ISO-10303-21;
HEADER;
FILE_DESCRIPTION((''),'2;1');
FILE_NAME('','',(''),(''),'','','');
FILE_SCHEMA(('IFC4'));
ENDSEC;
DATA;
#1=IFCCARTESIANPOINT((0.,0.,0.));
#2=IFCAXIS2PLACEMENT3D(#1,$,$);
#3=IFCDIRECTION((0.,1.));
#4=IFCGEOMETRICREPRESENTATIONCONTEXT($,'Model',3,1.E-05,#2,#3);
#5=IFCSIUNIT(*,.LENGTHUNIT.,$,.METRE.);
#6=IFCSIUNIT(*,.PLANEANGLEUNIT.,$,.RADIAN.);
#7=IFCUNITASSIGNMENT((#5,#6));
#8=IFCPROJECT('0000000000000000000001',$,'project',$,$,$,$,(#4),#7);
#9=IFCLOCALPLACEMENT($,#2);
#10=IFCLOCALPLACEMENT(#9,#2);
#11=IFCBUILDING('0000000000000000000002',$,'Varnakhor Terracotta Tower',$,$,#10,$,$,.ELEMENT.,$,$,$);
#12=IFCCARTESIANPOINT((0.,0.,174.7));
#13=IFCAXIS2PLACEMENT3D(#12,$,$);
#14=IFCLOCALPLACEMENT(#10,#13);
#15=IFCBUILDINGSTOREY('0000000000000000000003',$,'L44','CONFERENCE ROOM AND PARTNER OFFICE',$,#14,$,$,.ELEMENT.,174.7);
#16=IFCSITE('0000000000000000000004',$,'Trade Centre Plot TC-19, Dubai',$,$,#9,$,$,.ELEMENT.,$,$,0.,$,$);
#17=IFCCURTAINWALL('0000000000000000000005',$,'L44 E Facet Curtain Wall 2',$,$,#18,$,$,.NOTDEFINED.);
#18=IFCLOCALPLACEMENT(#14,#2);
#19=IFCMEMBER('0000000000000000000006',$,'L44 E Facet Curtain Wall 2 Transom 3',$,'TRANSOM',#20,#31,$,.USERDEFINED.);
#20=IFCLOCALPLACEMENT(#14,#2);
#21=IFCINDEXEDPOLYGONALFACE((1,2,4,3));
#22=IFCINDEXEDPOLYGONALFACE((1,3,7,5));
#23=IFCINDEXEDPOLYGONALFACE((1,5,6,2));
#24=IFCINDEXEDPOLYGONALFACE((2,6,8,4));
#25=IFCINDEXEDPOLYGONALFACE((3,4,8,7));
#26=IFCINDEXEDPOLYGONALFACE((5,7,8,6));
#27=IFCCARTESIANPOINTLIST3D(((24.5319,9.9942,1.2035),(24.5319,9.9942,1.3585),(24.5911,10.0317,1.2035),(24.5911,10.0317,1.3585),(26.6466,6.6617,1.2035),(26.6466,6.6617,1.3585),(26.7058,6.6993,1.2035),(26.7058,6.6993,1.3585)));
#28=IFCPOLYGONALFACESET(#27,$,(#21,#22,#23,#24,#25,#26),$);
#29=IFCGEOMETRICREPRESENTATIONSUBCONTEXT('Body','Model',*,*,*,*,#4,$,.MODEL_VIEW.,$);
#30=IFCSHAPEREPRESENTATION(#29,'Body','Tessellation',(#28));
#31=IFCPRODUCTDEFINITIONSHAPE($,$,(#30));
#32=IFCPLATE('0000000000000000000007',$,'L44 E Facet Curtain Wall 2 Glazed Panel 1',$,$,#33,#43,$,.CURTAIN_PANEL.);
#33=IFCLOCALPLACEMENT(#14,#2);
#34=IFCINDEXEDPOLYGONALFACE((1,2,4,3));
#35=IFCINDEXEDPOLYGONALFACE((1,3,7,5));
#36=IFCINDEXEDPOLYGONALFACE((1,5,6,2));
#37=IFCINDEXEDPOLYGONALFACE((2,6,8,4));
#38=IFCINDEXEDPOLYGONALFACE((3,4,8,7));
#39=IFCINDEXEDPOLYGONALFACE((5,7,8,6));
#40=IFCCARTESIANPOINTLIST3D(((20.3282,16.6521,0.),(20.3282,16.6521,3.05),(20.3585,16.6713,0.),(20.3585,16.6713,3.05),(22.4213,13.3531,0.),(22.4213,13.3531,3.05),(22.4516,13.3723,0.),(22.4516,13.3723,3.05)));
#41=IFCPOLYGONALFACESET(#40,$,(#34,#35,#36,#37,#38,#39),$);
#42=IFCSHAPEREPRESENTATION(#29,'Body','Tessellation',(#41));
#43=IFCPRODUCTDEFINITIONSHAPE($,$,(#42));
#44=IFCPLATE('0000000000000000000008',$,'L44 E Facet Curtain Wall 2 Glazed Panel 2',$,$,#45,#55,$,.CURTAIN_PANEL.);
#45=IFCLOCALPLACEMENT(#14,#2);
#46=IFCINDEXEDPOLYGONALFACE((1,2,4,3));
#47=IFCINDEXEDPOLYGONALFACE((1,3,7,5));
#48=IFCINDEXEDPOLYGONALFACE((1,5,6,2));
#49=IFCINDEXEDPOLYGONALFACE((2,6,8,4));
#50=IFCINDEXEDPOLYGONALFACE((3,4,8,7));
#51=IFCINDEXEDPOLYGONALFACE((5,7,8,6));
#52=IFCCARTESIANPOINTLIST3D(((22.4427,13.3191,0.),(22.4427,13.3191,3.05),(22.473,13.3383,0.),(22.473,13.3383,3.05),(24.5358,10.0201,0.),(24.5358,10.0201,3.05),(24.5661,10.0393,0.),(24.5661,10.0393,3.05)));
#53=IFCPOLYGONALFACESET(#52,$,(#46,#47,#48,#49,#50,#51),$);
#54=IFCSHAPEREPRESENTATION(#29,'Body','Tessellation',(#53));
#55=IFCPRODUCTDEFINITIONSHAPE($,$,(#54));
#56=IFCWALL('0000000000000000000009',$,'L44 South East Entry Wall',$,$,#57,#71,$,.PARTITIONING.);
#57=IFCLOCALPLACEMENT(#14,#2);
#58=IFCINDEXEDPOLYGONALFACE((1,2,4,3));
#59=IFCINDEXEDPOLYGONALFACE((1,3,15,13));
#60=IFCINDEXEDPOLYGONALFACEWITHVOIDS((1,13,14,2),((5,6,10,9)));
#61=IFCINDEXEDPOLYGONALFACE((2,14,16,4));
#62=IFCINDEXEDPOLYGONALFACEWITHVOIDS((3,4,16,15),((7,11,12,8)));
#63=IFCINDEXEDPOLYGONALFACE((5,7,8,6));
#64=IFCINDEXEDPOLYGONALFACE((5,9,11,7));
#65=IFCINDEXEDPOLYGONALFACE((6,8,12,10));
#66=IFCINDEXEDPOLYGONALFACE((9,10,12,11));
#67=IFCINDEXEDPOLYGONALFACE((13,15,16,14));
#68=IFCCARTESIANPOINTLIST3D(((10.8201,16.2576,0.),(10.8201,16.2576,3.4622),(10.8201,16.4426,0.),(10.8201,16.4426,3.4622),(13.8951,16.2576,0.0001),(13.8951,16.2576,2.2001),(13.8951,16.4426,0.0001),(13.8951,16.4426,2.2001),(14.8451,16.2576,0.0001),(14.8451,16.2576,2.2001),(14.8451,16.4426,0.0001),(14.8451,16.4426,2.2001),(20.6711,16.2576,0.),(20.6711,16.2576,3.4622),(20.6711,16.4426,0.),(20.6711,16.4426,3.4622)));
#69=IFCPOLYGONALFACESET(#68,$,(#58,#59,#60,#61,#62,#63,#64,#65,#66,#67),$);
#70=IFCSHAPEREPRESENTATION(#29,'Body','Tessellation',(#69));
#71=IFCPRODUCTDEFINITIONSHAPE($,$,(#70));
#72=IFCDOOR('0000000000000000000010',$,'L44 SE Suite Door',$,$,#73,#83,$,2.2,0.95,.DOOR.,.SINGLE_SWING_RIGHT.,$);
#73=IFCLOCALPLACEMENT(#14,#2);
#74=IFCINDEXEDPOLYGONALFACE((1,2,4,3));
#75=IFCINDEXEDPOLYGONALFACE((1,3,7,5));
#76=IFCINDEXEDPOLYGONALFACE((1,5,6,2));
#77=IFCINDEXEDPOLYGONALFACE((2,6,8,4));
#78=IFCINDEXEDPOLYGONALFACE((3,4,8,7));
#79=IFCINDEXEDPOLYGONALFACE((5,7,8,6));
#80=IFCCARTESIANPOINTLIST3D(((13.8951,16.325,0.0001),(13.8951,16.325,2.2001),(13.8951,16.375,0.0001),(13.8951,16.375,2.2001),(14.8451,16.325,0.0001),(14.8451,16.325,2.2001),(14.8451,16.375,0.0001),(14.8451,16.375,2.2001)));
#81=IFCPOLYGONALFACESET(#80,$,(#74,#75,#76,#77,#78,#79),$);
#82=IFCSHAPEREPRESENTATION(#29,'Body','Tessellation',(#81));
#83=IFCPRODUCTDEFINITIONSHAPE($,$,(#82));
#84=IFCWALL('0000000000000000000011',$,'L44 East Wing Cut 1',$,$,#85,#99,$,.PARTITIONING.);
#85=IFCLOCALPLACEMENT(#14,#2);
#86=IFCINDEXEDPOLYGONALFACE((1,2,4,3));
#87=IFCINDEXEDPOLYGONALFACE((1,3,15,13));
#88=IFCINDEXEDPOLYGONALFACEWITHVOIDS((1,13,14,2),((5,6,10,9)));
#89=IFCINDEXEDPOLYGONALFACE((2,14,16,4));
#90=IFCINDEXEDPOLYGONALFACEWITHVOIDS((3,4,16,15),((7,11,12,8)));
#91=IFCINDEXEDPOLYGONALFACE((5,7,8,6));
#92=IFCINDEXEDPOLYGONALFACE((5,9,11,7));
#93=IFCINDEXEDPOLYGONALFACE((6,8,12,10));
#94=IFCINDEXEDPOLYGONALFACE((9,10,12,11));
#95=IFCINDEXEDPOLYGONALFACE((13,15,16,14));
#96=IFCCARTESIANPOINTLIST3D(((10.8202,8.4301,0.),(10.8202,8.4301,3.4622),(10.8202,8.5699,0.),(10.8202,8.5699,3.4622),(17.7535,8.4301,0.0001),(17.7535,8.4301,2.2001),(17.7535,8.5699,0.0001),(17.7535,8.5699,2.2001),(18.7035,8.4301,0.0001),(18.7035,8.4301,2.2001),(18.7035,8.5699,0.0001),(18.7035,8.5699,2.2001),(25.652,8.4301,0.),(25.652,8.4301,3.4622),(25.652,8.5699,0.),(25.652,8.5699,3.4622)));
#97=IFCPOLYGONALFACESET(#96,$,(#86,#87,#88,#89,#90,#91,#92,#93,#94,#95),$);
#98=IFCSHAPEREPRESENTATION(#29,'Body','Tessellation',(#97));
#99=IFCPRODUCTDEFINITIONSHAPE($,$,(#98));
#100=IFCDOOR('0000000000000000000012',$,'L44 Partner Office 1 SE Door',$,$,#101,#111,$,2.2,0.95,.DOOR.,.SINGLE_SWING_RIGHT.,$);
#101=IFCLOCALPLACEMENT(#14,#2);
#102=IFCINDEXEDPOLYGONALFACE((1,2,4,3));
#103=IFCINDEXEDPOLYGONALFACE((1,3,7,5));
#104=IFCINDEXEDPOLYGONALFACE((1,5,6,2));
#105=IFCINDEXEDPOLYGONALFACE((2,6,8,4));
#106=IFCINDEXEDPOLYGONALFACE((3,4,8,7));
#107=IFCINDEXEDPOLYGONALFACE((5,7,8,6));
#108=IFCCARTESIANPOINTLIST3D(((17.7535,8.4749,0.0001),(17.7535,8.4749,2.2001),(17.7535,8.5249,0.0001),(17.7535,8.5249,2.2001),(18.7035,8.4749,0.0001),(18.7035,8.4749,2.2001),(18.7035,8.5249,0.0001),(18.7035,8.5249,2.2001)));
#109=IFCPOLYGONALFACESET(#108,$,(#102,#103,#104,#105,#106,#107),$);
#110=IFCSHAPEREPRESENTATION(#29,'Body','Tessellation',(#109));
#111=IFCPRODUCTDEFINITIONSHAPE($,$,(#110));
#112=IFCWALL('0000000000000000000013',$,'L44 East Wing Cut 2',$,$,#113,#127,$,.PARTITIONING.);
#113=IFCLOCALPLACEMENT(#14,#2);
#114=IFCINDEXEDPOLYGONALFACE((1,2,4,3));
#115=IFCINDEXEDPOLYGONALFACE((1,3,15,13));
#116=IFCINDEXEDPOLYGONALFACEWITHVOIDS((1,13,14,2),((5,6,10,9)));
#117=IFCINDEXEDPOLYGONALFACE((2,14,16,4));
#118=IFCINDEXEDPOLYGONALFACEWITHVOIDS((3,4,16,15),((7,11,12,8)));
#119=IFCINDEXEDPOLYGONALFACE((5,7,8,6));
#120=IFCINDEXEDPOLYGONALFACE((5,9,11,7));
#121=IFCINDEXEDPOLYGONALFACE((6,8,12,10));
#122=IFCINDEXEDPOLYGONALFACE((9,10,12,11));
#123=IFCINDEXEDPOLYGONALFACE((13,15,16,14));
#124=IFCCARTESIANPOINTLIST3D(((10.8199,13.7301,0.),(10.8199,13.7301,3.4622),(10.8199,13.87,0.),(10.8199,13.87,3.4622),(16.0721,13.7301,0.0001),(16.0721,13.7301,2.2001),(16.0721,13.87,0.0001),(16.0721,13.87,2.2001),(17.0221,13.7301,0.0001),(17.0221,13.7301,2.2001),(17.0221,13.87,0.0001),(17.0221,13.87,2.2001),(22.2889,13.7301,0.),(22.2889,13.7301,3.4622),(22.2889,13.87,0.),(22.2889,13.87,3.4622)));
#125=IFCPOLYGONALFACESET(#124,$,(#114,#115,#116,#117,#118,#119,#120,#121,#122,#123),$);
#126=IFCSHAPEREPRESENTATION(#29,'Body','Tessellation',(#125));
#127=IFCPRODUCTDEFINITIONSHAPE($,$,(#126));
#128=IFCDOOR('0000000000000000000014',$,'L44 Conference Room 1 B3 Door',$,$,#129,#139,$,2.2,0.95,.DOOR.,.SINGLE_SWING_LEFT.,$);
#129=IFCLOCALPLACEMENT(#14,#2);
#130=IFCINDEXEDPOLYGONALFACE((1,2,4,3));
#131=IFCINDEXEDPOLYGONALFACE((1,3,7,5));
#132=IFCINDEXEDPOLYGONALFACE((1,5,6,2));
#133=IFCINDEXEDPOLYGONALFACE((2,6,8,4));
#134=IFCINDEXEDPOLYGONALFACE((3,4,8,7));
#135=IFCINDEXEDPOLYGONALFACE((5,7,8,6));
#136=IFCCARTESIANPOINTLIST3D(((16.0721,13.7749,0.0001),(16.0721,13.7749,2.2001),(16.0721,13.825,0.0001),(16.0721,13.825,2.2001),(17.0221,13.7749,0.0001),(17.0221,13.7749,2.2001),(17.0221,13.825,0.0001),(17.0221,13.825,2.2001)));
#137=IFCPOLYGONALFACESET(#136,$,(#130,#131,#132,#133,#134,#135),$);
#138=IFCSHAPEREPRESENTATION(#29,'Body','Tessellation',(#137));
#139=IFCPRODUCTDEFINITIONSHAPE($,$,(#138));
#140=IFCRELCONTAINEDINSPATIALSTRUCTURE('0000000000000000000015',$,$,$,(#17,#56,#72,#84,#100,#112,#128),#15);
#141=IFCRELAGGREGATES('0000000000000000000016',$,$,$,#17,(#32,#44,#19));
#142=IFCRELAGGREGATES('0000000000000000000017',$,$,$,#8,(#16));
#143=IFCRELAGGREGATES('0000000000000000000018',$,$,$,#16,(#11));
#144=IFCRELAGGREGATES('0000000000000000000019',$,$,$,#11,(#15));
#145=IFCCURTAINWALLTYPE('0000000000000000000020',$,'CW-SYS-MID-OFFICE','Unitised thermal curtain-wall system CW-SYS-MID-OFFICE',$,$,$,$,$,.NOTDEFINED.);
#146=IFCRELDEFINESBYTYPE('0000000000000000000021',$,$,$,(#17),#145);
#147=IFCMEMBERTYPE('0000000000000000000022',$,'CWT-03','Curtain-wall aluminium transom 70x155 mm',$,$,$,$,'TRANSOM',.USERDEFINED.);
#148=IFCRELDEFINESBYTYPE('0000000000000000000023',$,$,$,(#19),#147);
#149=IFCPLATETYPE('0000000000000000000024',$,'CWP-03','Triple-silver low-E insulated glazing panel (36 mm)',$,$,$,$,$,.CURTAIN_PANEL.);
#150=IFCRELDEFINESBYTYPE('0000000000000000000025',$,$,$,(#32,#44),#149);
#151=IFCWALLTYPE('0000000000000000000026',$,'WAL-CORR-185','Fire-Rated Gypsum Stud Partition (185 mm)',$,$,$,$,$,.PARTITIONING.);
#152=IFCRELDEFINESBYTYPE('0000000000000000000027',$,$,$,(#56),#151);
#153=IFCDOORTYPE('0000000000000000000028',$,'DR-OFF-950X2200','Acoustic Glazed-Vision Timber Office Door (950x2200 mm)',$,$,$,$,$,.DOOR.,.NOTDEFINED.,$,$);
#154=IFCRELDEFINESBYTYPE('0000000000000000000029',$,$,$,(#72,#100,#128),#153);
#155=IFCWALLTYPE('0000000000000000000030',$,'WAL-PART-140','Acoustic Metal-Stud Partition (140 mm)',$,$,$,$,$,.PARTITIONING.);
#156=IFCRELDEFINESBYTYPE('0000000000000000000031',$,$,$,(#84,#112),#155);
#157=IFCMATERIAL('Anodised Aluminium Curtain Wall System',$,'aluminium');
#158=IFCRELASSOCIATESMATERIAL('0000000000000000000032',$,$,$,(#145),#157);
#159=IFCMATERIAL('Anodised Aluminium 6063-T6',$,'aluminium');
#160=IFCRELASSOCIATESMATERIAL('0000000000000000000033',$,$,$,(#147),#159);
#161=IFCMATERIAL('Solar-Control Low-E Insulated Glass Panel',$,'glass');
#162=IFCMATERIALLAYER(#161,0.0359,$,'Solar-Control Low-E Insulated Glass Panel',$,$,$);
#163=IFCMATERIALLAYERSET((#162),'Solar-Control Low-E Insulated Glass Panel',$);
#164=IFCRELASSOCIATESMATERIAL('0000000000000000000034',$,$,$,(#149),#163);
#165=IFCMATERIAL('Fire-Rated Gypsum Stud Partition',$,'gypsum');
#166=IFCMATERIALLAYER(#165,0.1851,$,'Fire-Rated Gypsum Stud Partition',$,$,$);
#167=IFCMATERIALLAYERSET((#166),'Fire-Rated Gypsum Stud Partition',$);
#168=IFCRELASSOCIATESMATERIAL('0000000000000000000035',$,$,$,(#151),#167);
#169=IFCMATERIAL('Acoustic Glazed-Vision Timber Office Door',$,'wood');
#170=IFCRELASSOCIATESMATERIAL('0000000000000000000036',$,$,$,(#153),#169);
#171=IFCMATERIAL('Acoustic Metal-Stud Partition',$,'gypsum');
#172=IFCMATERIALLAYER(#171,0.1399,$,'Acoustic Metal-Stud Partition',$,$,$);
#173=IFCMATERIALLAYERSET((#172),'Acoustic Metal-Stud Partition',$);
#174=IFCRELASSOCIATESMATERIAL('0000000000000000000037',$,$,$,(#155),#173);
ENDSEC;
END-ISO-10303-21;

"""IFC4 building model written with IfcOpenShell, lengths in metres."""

from ifc_helpers import new_model, si_unit, direction, frame, frame_2d, origin, origin_2d, place, context, subcontext, project, spatial, rectangle, extrude, source, transform, mapped, material, layer, layer_set, material_profile, profile_set, type_object, type_shapes, element, fill, aggregate, save


model = new_model("IFC4")

# Units and contexts
model_context = context("Model", 3, precision=1e-05, world=origin(), true_north=direction((0.0, 1.0)))
body_context = subcontext(model_context, "Body", "Model", "MODEL_VIEW")
ifc_project = project(units=[si_unit("LENGTHUNIT", "METRE"), si_unit("PLANEANGLEUNIT", "RADIAN")], contexts=[model_context])

# Site, building, storey
site_placement = place(None, origin())
site = spatial("IfcSite", under=ifc_project, at=site_placement, Name="Trade Centre Plot TC-19, Dubai", CompositionType="ELEMENT", RefElevation=0.0)
building_placement = place(site_placement, origin())
building = spatial("IfcBuilding", under=site, at=building_placement, Name="Varnakhor Terracotta Tower", CompositionType="ELEMENT")
storey_placement = place(building_placement, frame((0.0, 0.0, 174.7)))
storey = spatial("IfcBuildingStorey", under=building, at=storey_placement, Name="L44", Description="CONFERENCE ROOM AND PARTNER OFFICE", CompositionType="ELEMENT", Elevation=174.7)

# Curtain wall
ifc_material_1 = material(Name="Anodised Aluminium Curtain Wall System", Category="aluminium")
curtain_wall_type = type_object("IfcCurtainWallType", Name="CW-SYS-MID-OFFICE", Description="Unitised thermal curtain-wall system CW-SYS-MID-OFFICE", PredefinedType="NOTDEFINED", material=ifc_material_1)
curtain_wall_placement = place(storey_placement, origin())
curtain_wall = element("IfcCurtainWall", 1, at=curtain_wall_placement, inside=storey, type_object=curtain_wall_type, Name="L44 E Facet Curtain Wall 2", PredefinedType="NOTDEFINED")
ifc_material_2 = material(Name="Anodised Aluminium 6063-T6", Category="aluminium")

# Member
ifc_material_profile_1 = material_profile(ifc_material_2, rectangle(XDim=0.0701, YDim=0.155, at=origin_2d()), Name="ALU TRANSOM 70x155")
ifc_profile_set_1 = profile_set([ifc_material_profile_1], Name="Anodised Aluminium 6063-T6")
member_type_1 = type_object("IfcMemberType", Name="CWT-03", Description="Curtain-wall aluminium transom 70x155 mm", ElementType="TRANSOM", PredefinedType="USERDEFINED", material=ifc_profile_set_1)
shared_shape_1 = source(origin(), body_context, "Body", "SweptSolid", [
    extrude(rectangle(XDim=0.0701, YDim=0.155, at=origin_2d()), origin(), (0.0, 0.0, 1.0), 3.9468),
])
member_1_placement = place(storey_placement, frame((24.5615, 10.0129, 1.281), z_axis=(0.535802, -0.844343, 0.0), x_axis=(0.844343, 0.535802, 0.0)))
member_1 = element("IfcMember", 2, at=member_1_placement, type_object=member_type_1, Name="L44 E Facet Curtain Wall 2 Transom 3", ObjectType="TRANSOM", PredefinedType="USERDEFINED", context=body_context, shape_type="MappedRepresentation", body=[
    mapped(shared_shape_1, transform((0.0, 0.0, 0.0), scale=1.0)),
])

# Plates
ifc_material_3 = material(Name="Solar-Control Low-E Insulated Glass Panel", Category="glass")
ifc_layer_1 = layer(ifc_material_3, 0.0359, Name="Solar-Control Low-E Insulated Glass Panel")
ifc_layer_set_1 = layer_set([ifc_layer_1], Name="Solar-Control Low-E Insulated Glass Panel")
plate_type = type_object("IfcPlateType", Name="CWP-03", Description="Triple-silver low-E insulated glazing panel (36 mm)", PredefinedType="CURTAIN_PANEL", material=ifc_layer_set_1)
shared_shape_2 = source(origin(), body_context, "Body", "SweptSolid", [
    extrude(rectangle(XDim=3.907, YDim=0.0359, at=origin_2d()), origin(), (0.0, 0.0, 1.0), 3.05),
])
plate_1_placement = place(storey_placement, frame((21.3899, 15.0122, 0.0), z_axis=(0.0, 0.0, 1.0), x_axis=(0.535753, -0.844375, 0.0)))
plate_1 = element("IfcPlate", 3, at=plate_1_placement, type_object=plate_type, Name="L44 E Facet Curtain Wall 2 Glazed Panel 1", PredefinedType="CURTAIN_PANEL", context=body_context, shape_type="MappedRepresentation", body=[
    mapped(shared_shape_2, transform((0.0, 0.0, 0.0), scale=1.0)),
])
plate_2_placement = place(storey_placement, frame((23.5044, 11.6792, 0.0), z_axis=(0.0, 0.0, 1.0), x_axis=(0.535753, -0.844375, 0.0)))
plate_2 = element("IfcPlate", 4, at=plate_2_placement, type_object=plate_type, Name="L44 E Facet Curtain Wall 2 Glazed Panel 2", PredefinedType="CURTAIN_PANEL", context=body_context, shape_type="MappedRepresentation", body=[
    mapped(shared_shape_2, transform((0.0, 0.0, 0.0), scale=1.0)),
])
aggregate(curtain_wall, [plate_1, plate_2, member_1])

# Walls, openings, doors
ifc_material_4 = material(Name="Fire-Rated Gypsum Stud Partition", Category="gypsum")
ifc_layer_2 = layer(ifc_material_4, 0.1851, Name="Fire-Rated Gypsum Stud Partition")
ifc_layer_set_2 = layer_set([ifc_layer_2], Name="Fire-Rated Gypsum Stud Partition")
wall_type_1 = type_object("IfcWallType", Name="WAL-CORR-185", Description="Fire-Rated Gypsum Stud Partition (185 mm)", PredefinedType="PARTITIONING", material=ifc_layer_set_2)
wall_1_placement = place(storey_placement, frame((10.8201, 16.3501, 0.0), z_axis=(0.0, 0.0, 1.0), x_axis=(1.0, 0.0, 0.0)))
wall_1 = element("IfcWall", 5, at=wall_1_placement, inside=storey, type_object=wall_type_1, Name="L44 South East Entry Wall", PredefinedType="PARTITIONING", context=body_context, shape_type="SweptSolid", body=[
    extrude(rectangle(XDim=9.8511, YDim=0.1851, at=frame_2d((4.9255, 0.0))), origin(), (0.0, 0.0, 1.0), 3.4622),
])
opening_1_placement = place(wall_1_placement, frame((3.075, 0.0, 0.0)))
opening_1 = element("IfcOpeningElement", 6, at=opening_1_placement, cuts=wall_1, PredefinedType="OPENING", context=body_context, shape_type="SweptSolid", body=[
    extrude(rectangle(XDim=0.95, YDim=2.2, at=frame_2d((0.4751, 1.1001))), frame((0.0, 0.1025, 0.0), z_axis=(0.0, -1.0, 0.0), x_axis=(1.0, 0.0, 0.0)), (0.0, 0.0, 1.0), 0.2051),
])
ifc_material_5 = material(Name="Acoustic Glazed-Vision Timber Office Door", Category="wood")
door_type = type_object("IfcDoorType", Name="DR-OFF-950X2200", Description="Acoustic Glazed-Vision Timber Office Door (950x2200 mm)", OperationType="NOTDEFINED", PredefinedType="DOOR", material=ifc_material_5)
shared_shape_3 = source(origin(), body_context, "Body", "SweptSolid", [
    extrude(rectangle(XDim=0.95, YDim=2.2, at=frame_2d((0.4751, 1.1001))), frame((0.0, 0.0249, 0.0), z_axis=(0.0, -1.0, 0.0), x_axis=(1.0, 0.0, 0.0)), (0.0, 0.0, 1.0), 0.05),
])
type_shapes(door_type, [shared_shape_3])
door_1_placement = place(opening_1_placement, origin())
door_1 = element("IfcDoor", 7, at=door_1_placement, inside=storey, type_object=door_type, Name="L44 SE Suite Door", OperationType="SINGLE_SWING_RIGHT", OverallHeight=2.2, OverallWidth=0.95, PredefinedType="DOOR", context=body_context, shape_type="MappedRepresentation", body=[
    mapped(shared_shape_3, transform((0.0, 0.0, 0.0), scale=1.0)),
])
fill(opening_1, door_1)
ifc_material_6 = material(Name="Acoustic Metal-Stud Partition", Category="gypsum")
ifc_layer_3 = layer(ifc_material_6, 0.1399, Name="Acoustic Metal-Stud Partition")
ifc_layer_set_3 = layer_set([ifc_layer_3], Name="Acoustic Metal-Stud Partition")
wall_type_2 = type_object("IfcWallType", Name="WAL-PART-140", Description="Acoustic Metal-Stud Partition (140 mm)", PredefinedType="PARTITIONING", material=ifc_layer_set_3)
wall_2_placement = place(storey_placement, frame((10.8201, 8.5, 0.0), z_axis=(0.0, 0.0, 1.0), x_axis=(1.0, 0.0, 0.0)))
wall_2 = element("IfcWall", 8, at=wall_2_placement, inside=storey, type_object=wall_type_2, Name="L44 East Wing Cut 1", PredefinedType="PARTITIONING", context=body_context, shape_type="SweptSolid", body=[
    extrude(rectangle(XDim=14.8318, YDim=0.1399, at=frame_2d((7.416, 0.0))), origin(), (0.0, 0.0, 1.0), 3.4622),
])
opening_2_placement = place(wall_2_placement, frame((6.9333, 0.0, 0.0)))
opening_2 = element("IfcOpeningElement", 9, at=opening_2_placement, cuts=wall_2, PredefinedType="OPENING", context=body_context, shape_type="SweptSolid", body=[
    extrude(rectangle(XDim=0.95, YDim=2.2, at=frame_2d((0.4751, 1.1001))), frame((0.0, 0.0801, 0.0), z_axis=(0.0, -1.0, 0.0), x_axis=(1.0, 0.0, 0.0)), (0.0, 0.0, 1.0), 0.1599),
])
door_2_placement = place(opening_2_placement, origin())
door_2 = element("IfcDoor", 10, at=door_2_placement, inside=storey, type_object=door_type, Name="L44 Partner Office 1 SE Door", OperationType="SINGLE_SWING_RIGHT", OverallHeight=2.2, OverallWidth=0.95, PredefinedType="DOOR", context=body_context, shape_type="MappedRepresentation", body=[
    mapped(shared_shape_3, transform((0.0, 0.0, 0.0), scale=1.0)),
])
fill(opening_2, door_2)
wall_3_placement = place(storey_placement, frame((10.8201, 13.8, 0.0), z_axis=(0.0, 0.0, 1.0), x_axis=(1.0, 0.0, 0.0)))
wall_3 = element("IfcWall", 11, at=wall_3_placement, inside=storey, type_object=wall_type_2, Name="L44 East Wing Cut 2", PredefinedType="PARTITIONING", context=body_context, shape_type="SweptSolid", body=[
    extrude(rectangle(XDim=11.469, YDim=0.1399, at=frame_2d((5.7344, 0.0))), origin(), (0.0, 0.0, 1.0), 3.4622),
])
opening_3_placement = place(wall_3_placement, frame((5.252, 0.0, 0.0)))
opening_3 = element("IfcOpeningElement", 12, at=opening_3_placement, cuts=wall_3, PredefinedType="OPENING", context=body_context, shape_type="SweptSolid", body=[
    extrude(rectangle(XDim=0.95, YDim=2.2, at=frame_2d((0.4751, 1.1001))), frame((0.0, 0.0801, 0.0), z_axis=(0.0, -1.0, 0.0), x_axis=(1.0, 0.0, 0.0)), (0.0, 0.0, 1.0), 0.1599),
])
door_3_placement = place(opening_3_placement, origin())
door_3 = element("IfcDoor", 13, at=door_3_placement, inside=storey, type_object=door_type, Name="L44 Conference Room 1 B3 Door", OperationType="SINGLE_SWING_LEFT", OverallHeight=2.2, OverallWidth=0.95, PredefinedType="DOOR", context=body_context, shape_type="MappedRepresentation", body=[
    mapped(shared_shape_3, transform((0.0, 0.0, 0.0), scale=1.0)),
])
fill(opening_3, door_3)

save(model, "model.ifc")
